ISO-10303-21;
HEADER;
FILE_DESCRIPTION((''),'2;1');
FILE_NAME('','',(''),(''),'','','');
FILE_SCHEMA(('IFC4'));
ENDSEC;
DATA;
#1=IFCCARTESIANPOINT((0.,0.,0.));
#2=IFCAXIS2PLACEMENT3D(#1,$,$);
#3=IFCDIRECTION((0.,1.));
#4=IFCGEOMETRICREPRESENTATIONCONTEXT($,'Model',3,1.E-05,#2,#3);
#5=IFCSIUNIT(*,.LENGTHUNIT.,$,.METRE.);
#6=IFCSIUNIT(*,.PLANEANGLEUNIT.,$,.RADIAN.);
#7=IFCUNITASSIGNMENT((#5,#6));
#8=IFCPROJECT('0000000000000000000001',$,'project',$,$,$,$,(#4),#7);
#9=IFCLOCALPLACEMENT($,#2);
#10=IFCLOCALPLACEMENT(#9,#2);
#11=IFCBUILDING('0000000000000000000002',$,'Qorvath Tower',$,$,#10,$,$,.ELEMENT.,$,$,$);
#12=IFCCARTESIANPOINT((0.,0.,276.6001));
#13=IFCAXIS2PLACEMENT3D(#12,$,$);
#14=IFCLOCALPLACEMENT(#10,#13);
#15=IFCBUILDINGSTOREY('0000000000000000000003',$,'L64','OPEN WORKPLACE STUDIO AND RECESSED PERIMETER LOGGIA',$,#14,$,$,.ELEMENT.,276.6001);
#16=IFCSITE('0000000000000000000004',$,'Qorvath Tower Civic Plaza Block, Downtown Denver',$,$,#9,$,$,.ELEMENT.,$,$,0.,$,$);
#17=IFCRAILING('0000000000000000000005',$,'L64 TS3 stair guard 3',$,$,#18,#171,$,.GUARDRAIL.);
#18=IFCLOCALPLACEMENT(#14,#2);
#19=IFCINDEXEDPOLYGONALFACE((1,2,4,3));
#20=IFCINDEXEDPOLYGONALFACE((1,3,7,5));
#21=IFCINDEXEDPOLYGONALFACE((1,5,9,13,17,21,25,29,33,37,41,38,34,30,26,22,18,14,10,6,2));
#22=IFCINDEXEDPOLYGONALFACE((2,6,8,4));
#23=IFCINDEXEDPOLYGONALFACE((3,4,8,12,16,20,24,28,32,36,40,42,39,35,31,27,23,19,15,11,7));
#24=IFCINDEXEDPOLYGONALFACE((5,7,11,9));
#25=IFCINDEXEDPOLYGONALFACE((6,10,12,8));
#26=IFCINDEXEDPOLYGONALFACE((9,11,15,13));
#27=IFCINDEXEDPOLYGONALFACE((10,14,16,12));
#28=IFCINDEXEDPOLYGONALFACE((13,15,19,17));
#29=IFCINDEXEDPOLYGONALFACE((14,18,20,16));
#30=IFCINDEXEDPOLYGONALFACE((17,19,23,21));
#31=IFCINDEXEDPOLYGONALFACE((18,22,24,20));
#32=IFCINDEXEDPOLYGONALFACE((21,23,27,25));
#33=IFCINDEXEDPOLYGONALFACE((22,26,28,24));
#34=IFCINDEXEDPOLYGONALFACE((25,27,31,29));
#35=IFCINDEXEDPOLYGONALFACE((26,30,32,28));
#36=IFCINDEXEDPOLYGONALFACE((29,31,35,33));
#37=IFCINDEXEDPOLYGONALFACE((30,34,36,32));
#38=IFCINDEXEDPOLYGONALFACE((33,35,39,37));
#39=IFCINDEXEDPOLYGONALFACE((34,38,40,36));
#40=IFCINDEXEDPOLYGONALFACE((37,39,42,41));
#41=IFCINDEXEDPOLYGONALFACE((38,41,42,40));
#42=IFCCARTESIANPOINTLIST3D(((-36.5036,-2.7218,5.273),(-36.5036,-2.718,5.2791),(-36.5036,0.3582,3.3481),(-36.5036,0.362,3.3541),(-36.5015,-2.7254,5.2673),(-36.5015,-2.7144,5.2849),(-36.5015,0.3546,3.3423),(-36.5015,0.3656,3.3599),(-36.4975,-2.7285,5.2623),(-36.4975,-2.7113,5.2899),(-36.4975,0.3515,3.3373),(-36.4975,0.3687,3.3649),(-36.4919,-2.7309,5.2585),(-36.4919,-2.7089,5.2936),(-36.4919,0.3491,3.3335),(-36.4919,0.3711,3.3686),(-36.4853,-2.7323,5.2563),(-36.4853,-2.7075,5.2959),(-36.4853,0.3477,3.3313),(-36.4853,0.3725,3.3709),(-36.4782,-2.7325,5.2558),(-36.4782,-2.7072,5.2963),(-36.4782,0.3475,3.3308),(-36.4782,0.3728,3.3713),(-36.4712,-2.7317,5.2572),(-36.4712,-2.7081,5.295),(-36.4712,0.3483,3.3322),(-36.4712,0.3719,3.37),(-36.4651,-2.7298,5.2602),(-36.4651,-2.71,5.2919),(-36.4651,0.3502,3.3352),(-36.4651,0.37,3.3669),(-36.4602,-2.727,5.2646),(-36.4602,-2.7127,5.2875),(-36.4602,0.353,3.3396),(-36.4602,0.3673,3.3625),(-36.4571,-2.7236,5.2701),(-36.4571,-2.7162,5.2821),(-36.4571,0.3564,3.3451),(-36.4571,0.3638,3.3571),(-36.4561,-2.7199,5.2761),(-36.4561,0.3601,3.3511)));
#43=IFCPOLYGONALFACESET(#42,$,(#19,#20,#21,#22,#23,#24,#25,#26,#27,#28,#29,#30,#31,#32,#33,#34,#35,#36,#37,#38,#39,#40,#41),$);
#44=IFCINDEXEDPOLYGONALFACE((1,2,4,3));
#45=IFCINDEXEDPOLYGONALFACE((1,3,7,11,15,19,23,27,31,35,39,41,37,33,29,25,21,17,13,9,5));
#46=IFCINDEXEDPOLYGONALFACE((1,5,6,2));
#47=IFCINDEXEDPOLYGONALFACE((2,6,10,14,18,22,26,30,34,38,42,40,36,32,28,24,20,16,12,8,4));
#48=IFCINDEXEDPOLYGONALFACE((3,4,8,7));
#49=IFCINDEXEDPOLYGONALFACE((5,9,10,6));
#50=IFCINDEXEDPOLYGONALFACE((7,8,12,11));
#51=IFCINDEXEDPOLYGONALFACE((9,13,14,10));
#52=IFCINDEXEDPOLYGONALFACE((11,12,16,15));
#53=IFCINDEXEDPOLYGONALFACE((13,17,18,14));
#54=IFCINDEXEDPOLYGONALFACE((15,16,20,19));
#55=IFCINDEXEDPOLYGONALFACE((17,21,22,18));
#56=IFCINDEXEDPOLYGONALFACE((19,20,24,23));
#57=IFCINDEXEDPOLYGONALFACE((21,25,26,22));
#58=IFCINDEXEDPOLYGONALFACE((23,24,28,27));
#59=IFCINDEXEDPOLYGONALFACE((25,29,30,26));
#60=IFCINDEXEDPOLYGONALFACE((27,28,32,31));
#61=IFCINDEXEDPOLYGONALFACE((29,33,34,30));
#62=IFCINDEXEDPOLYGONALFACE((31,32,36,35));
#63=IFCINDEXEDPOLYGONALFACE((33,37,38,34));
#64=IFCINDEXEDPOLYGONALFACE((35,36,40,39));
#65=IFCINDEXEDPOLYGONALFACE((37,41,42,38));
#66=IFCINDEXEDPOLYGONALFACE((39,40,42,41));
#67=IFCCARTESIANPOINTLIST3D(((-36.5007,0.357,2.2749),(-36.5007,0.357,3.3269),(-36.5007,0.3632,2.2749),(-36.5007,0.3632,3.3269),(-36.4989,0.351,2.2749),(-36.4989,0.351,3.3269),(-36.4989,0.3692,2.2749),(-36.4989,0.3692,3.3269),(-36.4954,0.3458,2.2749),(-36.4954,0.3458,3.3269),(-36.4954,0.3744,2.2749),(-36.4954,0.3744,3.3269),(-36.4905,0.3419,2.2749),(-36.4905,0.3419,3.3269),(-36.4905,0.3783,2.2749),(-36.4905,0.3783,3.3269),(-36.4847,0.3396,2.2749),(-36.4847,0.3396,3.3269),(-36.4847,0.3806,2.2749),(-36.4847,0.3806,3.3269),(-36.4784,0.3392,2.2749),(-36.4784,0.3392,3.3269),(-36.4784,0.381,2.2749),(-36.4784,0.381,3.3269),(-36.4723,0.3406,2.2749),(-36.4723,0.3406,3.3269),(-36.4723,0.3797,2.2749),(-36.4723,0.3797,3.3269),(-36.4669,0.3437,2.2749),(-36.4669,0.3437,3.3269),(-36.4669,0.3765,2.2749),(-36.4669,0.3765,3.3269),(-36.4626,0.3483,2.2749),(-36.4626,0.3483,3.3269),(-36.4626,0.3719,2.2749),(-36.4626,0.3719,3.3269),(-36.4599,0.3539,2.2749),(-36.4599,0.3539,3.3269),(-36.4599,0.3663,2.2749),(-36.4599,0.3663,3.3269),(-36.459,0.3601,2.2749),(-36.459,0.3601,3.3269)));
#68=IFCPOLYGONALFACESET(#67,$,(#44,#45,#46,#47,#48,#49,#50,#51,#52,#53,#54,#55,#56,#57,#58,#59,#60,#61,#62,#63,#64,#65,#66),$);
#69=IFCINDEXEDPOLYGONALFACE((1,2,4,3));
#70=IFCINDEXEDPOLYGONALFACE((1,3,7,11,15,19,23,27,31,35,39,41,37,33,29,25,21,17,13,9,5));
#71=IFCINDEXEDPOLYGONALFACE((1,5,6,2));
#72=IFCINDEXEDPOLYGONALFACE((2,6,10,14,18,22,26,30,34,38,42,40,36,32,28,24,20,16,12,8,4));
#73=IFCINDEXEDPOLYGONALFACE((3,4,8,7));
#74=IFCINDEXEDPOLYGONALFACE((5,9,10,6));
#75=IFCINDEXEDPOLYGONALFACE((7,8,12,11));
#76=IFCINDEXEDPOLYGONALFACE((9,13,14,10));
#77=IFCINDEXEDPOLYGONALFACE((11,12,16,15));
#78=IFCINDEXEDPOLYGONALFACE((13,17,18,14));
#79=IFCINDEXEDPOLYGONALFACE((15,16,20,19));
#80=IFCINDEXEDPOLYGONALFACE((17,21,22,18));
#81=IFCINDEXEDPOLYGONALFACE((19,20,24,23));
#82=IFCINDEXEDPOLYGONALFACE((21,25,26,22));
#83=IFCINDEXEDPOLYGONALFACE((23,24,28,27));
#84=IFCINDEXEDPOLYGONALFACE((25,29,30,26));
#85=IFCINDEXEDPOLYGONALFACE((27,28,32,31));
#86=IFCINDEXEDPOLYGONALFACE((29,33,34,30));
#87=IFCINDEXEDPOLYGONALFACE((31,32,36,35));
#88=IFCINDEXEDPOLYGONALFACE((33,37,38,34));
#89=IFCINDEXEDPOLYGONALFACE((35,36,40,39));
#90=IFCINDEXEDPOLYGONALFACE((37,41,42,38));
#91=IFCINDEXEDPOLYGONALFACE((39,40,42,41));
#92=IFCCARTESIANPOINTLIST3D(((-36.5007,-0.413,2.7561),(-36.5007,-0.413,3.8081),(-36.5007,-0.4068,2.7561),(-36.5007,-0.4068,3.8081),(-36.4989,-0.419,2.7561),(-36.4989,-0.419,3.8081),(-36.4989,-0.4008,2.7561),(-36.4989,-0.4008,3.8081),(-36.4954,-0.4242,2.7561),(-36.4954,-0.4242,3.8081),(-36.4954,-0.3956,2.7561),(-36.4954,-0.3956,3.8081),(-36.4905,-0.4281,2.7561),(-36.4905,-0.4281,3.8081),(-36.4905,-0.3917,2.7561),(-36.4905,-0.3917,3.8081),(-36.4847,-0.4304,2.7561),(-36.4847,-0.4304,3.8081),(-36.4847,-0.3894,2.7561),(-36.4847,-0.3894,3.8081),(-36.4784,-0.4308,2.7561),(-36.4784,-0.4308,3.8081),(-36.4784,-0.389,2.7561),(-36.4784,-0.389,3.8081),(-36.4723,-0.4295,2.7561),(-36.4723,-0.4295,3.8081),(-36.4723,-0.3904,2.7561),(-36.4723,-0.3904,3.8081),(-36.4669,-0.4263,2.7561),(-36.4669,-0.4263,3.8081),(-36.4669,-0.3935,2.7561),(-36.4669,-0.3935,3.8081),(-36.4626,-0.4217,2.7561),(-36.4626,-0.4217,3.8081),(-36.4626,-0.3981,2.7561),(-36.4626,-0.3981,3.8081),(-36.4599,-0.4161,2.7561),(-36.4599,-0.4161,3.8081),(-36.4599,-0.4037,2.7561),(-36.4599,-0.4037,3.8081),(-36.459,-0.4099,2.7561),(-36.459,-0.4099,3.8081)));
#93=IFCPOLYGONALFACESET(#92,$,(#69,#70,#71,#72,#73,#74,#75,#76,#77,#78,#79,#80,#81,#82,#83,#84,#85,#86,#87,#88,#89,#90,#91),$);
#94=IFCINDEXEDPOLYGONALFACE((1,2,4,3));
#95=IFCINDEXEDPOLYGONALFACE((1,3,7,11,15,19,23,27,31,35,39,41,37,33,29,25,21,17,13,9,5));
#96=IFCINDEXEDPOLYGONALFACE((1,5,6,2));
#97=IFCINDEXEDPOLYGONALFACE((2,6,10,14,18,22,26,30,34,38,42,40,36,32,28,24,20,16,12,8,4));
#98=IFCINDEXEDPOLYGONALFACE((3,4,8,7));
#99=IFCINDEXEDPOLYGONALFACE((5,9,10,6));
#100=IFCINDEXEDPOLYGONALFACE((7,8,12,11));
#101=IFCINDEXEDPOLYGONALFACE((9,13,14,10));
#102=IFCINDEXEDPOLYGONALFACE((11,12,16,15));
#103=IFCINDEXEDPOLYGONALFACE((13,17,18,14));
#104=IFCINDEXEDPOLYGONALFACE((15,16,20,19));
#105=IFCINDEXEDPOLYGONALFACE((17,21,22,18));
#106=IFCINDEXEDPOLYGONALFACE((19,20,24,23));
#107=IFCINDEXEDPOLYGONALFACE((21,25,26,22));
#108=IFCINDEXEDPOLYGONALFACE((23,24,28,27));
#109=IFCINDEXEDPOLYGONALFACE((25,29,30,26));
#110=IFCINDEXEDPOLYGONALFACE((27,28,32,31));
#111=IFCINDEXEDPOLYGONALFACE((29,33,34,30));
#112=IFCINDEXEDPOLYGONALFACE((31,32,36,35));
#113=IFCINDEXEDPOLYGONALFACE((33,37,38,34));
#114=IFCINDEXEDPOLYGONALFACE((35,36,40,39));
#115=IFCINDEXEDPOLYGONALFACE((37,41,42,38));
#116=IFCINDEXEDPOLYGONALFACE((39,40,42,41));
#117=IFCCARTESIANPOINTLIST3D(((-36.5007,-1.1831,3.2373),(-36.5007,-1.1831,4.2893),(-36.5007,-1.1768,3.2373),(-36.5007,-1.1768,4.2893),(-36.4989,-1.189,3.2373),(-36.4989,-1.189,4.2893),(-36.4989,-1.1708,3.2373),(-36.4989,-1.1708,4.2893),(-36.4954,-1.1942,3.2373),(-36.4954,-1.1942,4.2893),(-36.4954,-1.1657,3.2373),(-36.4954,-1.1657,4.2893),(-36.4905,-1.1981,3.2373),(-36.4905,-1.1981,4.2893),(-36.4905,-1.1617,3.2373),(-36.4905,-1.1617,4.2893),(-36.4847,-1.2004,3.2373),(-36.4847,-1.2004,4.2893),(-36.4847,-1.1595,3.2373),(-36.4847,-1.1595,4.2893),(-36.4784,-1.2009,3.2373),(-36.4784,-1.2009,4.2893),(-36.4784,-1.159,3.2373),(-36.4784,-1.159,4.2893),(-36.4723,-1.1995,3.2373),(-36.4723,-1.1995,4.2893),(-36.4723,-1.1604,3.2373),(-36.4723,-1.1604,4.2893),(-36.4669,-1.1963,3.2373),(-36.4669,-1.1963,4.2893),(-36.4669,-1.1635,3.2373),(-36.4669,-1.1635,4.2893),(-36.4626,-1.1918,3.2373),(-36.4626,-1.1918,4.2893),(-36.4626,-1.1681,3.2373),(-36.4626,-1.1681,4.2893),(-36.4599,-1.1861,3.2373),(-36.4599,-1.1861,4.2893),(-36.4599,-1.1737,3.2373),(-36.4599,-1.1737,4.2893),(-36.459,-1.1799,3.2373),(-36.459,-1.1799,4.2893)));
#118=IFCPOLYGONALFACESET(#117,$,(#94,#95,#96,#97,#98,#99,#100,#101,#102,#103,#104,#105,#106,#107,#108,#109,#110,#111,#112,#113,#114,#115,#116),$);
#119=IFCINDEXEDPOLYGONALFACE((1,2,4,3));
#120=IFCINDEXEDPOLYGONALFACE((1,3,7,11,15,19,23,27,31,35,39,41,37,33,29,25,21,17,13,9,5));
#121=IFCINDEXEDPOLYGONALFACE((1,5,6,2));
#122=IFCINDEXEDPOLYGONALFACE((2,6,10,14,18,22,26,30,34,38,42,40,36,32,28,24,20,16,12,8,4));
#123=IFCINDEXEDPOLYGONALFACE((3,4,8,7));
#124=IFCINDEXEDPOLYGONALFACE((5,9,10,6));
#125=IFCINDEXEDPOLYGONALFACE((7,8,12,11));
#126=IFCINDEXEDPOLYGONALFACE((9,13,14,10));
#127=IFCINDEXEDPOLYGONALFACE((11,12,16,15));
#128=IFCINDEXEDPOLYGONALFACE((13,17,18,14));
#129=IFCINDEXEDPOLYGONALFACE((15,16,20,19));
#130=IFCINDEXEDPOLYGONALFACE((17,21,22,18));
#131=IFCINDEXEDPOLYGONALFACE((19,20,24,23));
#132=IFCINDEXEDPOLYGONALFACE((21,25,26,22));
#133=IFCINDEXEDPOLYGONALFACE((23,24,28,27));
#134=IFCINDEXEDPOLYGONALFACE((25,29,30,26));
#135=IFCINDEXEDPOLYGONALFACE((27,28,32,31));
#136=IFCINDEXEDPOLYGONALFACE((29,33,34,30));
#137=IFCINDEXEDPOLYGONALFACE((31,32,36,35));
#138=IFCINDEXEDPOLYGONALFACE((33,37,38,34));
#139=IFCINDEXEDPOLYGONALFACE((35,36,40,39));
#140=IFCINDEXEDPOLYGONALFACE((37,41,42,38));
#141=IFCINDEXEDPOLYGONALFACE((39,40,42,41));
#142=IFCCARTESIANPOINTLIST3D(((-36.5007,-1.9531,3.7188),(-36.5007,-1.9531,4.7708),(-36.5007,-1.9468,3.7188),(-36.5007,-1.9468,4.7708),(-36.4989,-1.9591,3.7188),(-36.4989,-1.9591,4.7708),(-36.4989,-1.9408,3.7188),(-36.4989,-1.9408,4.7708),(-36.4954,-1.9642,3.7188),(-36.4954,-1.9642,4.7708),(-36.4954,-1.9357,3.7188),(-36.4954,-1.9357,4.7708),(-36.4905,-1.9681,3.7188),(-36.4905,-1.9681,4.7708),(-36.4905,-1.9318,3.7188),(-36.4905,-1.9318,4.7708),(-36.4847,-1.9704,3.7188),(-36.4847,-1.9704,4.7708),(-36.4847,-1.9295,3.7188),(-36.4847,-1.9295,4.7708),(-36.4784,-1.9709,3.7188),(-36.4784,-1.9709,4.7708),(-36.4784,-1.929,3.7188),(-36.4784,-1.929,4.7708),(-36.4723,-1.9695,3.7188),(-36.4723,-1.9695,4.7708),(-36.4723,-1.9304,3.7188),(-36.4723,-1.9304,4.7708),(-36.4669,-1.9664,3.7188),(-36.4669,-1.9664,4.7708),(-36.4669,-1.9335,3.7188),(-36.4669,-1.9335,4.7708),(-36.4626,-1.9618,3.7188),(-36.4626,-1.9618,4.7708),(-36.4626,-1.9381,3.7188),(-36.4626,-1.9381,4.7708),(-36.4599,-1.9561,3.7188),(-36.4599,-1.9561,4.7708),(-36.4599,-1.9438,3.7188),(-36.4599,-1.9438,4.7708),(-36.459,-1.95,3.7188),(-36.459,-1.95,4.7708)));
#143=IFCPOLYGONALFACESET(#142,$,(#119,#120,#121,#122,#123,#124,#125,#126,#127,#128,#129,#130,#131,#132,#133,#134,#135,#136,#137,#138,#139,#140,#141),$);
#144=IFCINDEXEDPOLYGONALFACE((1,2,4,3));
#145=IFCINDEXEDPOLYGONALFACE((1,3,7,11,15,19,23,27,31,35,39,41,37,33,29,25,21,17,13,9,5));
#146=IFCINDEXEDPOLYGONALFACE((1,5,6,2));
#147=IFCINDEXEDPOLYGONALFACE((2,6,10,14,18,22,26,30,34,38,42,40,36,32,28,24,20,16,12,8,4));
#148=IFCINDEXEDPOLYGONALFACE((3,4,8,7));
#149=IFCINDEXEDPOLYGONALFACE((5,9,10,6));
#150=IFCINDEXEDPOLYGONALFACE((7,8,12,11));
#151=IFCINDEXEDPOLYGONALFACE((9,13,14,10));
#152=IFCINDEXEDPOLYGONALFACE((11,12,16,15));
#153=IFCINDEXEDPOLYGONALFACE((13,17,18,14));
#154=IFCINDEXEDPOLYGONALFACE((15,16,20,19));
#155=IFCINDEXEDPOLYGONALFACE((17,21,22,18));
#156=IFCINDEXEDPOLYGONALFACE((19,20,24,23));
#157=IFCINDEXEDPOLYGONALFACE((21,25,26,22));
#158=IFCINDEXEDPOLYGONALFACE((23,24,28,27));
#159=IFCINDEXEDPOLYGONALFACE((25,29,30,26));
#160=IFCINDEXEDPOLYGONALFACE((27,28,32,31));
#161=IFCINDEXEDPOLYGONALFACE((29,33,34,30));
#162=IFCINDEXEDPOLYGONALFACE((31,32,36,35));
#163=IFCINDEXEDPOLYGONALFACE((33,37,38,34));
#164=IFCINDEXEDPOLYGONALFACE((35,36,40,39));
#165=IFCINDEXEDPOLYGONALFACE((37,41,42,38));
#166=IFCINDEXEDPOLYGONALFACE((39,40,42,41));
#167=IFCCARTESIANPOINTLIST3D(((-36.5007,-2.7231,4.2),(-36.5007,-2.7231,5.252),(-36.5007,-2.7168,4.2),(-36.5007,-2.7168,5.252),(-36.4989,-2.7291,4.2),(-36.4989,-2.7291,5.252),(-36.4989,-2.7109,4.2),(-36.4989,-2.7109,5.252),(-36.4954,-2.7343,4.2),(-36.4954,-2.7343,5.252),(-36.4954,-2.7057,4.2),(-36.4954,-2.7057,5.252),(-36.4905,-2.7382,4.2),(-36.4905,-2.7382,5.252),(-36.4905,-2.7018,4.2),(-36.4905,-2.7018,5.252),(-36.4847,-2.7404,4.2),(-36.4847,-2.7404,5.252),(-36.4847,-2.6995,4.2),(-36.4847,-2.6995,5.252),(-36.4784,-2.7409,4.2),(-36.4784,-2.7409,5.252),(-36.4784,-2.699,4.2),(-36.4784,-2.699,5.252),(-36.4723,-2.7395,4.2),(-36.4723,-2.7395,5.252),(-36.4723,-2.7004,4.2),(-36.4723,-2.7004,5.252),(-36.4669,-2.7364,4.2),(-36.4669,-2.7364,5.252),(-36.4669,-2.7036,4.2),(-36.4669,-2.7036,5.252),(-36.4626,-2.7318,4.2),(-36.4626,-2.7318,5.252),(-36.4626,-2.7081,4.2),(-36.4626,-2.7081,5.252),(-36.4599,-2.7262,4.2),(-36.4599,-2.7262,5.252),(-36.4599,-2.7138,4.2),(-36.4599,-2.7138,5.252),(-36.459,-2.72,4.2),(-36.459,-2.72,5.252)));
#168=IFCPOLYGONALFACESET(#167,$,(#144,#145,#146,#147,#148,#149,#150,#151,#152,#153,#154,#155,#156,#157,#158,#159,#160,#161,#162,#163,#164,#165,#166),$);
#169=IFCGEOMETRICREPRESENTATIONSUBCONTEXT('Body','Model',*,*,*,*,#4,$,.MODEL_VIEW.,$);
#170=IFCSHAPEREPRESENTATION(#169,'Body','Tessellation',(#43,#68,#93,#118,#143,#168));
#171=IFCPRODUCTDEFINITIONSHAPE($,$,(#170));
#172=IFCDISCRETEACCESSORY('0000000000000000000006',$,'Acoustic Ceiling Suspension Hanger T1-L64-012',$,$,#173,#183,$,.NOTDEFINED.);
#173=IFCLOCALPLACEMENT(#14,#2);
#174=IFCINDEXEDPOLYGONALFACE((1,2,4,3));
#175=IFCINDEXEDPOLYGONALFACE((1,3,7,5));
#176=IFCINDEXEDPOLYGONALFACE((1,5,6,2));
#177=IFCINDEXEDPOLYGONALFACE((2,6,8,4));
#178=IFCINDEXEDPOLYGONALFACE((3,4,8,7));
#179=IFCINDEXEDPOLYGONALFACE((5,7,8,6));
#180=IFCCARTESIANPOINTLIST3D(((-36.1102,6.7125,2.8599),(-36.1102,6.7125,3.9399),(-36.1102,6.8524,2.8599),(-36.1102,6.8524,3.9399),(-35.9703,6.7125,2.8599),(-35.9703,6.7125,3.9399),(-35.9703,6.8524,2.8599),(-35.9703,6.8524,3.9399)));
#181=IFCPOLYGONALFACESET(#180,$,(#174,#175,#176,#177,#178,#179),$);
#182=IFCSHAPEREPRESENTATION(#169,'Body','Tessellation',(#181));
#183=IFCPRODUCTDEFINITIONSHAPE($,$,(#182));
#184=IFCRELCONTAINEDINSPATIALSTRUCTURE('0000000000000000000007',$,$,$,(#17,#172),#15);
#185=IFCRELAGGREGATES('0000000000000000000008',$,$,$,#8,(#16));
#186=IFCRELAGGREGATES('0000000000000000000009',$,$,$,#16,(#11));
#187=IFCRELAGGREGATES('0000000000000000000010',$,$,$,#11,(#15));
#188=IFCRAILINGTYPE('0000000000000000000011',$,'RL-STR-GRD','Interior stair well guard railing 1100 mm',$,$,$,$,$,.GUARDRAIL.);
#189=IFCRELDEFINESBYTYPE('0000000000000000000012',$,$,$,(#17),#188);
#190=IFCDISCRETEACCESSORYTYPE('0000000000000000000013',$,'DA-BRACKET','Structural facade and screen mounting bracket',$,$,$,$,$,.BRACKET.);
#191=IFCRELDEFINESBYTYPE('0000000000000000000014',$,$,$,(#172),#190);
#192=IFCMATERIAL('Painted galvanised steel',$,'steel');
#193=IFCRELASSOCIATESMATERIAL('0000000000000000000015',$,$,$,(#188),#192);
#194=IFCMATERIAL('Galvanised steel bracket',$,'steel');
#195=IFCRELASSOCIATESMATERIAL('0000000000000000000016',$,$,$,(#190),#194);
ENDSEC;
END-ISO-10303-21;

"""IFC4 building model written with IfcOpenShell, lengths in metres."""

from ifc_helpers import new_model, si_unit, direction, frame, origin, origin_2d, place, context, subcontext, project, spatial, rectangle, circle, extrude, material, type_object, element, save


model = new_model("IFC4")

# Units and contexts
model_context = context("Model", 3, precision=1e-05, world=origin(), true_north=direction((0.0, 1.0)))
body_context = subcontext(model_context, "Body", "Model", "MODEL_VIEW")
ifc_project = project(units=[si_unit("LENGTHUNIT", "METRE"), si_unit("PLANEANGLEUNIT", "RADIAN")], contexts=[model_context])

# Site, building, storey
site_placement = place(None, origin())
site = spatial("IfcSite", under=ifc_project, at=site_placement, Name="Qorvath Tower Civic Plaza Block, Downtown Denver", CompositionType="ELEMENT", RefElevation=0.0)
building_placement = place(site_placement, origin())
building = spatial("IfcBuilding", under=site, at=building_placement, Name="Qorvath Tower", CompositionType="ELEMENT")
storey_placement = place(building_placement, frame((0.0, 0.0, 276.6001)))
storey = spatial("IfcBuildingStorey", under=building, at=storey_placement, Name="L64", Description="OPEN WORKPLACE STUDIO AND RECESSED PERIMETER LOGGIA", CompositionType="ELEMENT", Elevation=276.6001)

# Railing
ifc_material_1 = material(Name="Painted galvanised steel", Category="steel")
railing_type = type_object("IfcRailingType", Name="RL-STR-GRD", Description="Interior stair well guard railing 1100 mm", PredefinedType="GUARDRAIL", material=ifc_material_1)
railing_1_placement = place(storey_placement, frame((-36.48, 0.3601, 2.2749)))
element("IfcRailing", 1, at=railing_1_placement, inside=storey, type_object=railing_type, Name="L64 TS3 stair guard 3", PredefinedType="GUARDRAIL", context=body_context, shape_type="SweptSolid", body=[
    extrude(circle(Radius=0.0239, at=origin_2d()), frame((0.0, 0.0, 1.0762), z_axis=(0.0, -0.847998, 0.529999), x_axis=(1.0, 0.0, 0.0)), (0.0, 0.0, 1.0), 3.6321),
    extrude(circle(Radius=0.021, at=origin_2d()), origin(), (0.0, 0.0, 1.0), 1.052),
    extrude(circle(Radius=0.021, at=origin_2d()), frame((0.0, -0.77, 0.4812)), (0.0, 0.0, 1.0), 1.052),
    extrude(circle(Radius=0.021, at=origin_2d()), frame((0.0, -1.54, 0.9624)), (0.0, 0.0, 1.0), 1.052),
    extrude(circle(Radius=0.021, at=origin_2d()), frame((0.0, -2.3101, 1.4438)), (0.0, 0.0, 1.0), 1.052),
    extrude(circle(Radius=0.021, at=origin_2d()), frame((0.0, -3.0801, 1.925)), (0.0, 0.0, 1.0), 1.052),
])

# Discrete accessory
ifc_material_2 = material(Name="Galvanised steel bracket", Category="steel")
discrete_accessory_type = type_object("IfcDiscreteAccessoryType", Name="DA-BRACKET", Description="Structural facade and screen mounting bracket", PredefinedType="BRACKET", material=ifc_material_2)
discrete_accessory_placement = place(storey_placement, frame((-36.0403, 6.7825, 2.8599), z_axis=(0.0, 0.0, 1.0), x_axis=(1.0, 0.0, 0.0)))
element("IfcDiscreteAccessory", 2, at=discrete_accessory_placement, inside=storey, type_object=discrete_accessory_type, Name="Acoustic Ceiling Suspension Hanger T1-L64-012", PredefinedType="NOTDEFINED", context=body_context, shape_type="SweptSolid", body=[
    extrude(rectangle(XDim=0.1399, YDim=0.1399, at=origin_2d()), origin(), (0.0, 0.0, 1.0), 1.0801),
])

save(model, "model.ifc")
